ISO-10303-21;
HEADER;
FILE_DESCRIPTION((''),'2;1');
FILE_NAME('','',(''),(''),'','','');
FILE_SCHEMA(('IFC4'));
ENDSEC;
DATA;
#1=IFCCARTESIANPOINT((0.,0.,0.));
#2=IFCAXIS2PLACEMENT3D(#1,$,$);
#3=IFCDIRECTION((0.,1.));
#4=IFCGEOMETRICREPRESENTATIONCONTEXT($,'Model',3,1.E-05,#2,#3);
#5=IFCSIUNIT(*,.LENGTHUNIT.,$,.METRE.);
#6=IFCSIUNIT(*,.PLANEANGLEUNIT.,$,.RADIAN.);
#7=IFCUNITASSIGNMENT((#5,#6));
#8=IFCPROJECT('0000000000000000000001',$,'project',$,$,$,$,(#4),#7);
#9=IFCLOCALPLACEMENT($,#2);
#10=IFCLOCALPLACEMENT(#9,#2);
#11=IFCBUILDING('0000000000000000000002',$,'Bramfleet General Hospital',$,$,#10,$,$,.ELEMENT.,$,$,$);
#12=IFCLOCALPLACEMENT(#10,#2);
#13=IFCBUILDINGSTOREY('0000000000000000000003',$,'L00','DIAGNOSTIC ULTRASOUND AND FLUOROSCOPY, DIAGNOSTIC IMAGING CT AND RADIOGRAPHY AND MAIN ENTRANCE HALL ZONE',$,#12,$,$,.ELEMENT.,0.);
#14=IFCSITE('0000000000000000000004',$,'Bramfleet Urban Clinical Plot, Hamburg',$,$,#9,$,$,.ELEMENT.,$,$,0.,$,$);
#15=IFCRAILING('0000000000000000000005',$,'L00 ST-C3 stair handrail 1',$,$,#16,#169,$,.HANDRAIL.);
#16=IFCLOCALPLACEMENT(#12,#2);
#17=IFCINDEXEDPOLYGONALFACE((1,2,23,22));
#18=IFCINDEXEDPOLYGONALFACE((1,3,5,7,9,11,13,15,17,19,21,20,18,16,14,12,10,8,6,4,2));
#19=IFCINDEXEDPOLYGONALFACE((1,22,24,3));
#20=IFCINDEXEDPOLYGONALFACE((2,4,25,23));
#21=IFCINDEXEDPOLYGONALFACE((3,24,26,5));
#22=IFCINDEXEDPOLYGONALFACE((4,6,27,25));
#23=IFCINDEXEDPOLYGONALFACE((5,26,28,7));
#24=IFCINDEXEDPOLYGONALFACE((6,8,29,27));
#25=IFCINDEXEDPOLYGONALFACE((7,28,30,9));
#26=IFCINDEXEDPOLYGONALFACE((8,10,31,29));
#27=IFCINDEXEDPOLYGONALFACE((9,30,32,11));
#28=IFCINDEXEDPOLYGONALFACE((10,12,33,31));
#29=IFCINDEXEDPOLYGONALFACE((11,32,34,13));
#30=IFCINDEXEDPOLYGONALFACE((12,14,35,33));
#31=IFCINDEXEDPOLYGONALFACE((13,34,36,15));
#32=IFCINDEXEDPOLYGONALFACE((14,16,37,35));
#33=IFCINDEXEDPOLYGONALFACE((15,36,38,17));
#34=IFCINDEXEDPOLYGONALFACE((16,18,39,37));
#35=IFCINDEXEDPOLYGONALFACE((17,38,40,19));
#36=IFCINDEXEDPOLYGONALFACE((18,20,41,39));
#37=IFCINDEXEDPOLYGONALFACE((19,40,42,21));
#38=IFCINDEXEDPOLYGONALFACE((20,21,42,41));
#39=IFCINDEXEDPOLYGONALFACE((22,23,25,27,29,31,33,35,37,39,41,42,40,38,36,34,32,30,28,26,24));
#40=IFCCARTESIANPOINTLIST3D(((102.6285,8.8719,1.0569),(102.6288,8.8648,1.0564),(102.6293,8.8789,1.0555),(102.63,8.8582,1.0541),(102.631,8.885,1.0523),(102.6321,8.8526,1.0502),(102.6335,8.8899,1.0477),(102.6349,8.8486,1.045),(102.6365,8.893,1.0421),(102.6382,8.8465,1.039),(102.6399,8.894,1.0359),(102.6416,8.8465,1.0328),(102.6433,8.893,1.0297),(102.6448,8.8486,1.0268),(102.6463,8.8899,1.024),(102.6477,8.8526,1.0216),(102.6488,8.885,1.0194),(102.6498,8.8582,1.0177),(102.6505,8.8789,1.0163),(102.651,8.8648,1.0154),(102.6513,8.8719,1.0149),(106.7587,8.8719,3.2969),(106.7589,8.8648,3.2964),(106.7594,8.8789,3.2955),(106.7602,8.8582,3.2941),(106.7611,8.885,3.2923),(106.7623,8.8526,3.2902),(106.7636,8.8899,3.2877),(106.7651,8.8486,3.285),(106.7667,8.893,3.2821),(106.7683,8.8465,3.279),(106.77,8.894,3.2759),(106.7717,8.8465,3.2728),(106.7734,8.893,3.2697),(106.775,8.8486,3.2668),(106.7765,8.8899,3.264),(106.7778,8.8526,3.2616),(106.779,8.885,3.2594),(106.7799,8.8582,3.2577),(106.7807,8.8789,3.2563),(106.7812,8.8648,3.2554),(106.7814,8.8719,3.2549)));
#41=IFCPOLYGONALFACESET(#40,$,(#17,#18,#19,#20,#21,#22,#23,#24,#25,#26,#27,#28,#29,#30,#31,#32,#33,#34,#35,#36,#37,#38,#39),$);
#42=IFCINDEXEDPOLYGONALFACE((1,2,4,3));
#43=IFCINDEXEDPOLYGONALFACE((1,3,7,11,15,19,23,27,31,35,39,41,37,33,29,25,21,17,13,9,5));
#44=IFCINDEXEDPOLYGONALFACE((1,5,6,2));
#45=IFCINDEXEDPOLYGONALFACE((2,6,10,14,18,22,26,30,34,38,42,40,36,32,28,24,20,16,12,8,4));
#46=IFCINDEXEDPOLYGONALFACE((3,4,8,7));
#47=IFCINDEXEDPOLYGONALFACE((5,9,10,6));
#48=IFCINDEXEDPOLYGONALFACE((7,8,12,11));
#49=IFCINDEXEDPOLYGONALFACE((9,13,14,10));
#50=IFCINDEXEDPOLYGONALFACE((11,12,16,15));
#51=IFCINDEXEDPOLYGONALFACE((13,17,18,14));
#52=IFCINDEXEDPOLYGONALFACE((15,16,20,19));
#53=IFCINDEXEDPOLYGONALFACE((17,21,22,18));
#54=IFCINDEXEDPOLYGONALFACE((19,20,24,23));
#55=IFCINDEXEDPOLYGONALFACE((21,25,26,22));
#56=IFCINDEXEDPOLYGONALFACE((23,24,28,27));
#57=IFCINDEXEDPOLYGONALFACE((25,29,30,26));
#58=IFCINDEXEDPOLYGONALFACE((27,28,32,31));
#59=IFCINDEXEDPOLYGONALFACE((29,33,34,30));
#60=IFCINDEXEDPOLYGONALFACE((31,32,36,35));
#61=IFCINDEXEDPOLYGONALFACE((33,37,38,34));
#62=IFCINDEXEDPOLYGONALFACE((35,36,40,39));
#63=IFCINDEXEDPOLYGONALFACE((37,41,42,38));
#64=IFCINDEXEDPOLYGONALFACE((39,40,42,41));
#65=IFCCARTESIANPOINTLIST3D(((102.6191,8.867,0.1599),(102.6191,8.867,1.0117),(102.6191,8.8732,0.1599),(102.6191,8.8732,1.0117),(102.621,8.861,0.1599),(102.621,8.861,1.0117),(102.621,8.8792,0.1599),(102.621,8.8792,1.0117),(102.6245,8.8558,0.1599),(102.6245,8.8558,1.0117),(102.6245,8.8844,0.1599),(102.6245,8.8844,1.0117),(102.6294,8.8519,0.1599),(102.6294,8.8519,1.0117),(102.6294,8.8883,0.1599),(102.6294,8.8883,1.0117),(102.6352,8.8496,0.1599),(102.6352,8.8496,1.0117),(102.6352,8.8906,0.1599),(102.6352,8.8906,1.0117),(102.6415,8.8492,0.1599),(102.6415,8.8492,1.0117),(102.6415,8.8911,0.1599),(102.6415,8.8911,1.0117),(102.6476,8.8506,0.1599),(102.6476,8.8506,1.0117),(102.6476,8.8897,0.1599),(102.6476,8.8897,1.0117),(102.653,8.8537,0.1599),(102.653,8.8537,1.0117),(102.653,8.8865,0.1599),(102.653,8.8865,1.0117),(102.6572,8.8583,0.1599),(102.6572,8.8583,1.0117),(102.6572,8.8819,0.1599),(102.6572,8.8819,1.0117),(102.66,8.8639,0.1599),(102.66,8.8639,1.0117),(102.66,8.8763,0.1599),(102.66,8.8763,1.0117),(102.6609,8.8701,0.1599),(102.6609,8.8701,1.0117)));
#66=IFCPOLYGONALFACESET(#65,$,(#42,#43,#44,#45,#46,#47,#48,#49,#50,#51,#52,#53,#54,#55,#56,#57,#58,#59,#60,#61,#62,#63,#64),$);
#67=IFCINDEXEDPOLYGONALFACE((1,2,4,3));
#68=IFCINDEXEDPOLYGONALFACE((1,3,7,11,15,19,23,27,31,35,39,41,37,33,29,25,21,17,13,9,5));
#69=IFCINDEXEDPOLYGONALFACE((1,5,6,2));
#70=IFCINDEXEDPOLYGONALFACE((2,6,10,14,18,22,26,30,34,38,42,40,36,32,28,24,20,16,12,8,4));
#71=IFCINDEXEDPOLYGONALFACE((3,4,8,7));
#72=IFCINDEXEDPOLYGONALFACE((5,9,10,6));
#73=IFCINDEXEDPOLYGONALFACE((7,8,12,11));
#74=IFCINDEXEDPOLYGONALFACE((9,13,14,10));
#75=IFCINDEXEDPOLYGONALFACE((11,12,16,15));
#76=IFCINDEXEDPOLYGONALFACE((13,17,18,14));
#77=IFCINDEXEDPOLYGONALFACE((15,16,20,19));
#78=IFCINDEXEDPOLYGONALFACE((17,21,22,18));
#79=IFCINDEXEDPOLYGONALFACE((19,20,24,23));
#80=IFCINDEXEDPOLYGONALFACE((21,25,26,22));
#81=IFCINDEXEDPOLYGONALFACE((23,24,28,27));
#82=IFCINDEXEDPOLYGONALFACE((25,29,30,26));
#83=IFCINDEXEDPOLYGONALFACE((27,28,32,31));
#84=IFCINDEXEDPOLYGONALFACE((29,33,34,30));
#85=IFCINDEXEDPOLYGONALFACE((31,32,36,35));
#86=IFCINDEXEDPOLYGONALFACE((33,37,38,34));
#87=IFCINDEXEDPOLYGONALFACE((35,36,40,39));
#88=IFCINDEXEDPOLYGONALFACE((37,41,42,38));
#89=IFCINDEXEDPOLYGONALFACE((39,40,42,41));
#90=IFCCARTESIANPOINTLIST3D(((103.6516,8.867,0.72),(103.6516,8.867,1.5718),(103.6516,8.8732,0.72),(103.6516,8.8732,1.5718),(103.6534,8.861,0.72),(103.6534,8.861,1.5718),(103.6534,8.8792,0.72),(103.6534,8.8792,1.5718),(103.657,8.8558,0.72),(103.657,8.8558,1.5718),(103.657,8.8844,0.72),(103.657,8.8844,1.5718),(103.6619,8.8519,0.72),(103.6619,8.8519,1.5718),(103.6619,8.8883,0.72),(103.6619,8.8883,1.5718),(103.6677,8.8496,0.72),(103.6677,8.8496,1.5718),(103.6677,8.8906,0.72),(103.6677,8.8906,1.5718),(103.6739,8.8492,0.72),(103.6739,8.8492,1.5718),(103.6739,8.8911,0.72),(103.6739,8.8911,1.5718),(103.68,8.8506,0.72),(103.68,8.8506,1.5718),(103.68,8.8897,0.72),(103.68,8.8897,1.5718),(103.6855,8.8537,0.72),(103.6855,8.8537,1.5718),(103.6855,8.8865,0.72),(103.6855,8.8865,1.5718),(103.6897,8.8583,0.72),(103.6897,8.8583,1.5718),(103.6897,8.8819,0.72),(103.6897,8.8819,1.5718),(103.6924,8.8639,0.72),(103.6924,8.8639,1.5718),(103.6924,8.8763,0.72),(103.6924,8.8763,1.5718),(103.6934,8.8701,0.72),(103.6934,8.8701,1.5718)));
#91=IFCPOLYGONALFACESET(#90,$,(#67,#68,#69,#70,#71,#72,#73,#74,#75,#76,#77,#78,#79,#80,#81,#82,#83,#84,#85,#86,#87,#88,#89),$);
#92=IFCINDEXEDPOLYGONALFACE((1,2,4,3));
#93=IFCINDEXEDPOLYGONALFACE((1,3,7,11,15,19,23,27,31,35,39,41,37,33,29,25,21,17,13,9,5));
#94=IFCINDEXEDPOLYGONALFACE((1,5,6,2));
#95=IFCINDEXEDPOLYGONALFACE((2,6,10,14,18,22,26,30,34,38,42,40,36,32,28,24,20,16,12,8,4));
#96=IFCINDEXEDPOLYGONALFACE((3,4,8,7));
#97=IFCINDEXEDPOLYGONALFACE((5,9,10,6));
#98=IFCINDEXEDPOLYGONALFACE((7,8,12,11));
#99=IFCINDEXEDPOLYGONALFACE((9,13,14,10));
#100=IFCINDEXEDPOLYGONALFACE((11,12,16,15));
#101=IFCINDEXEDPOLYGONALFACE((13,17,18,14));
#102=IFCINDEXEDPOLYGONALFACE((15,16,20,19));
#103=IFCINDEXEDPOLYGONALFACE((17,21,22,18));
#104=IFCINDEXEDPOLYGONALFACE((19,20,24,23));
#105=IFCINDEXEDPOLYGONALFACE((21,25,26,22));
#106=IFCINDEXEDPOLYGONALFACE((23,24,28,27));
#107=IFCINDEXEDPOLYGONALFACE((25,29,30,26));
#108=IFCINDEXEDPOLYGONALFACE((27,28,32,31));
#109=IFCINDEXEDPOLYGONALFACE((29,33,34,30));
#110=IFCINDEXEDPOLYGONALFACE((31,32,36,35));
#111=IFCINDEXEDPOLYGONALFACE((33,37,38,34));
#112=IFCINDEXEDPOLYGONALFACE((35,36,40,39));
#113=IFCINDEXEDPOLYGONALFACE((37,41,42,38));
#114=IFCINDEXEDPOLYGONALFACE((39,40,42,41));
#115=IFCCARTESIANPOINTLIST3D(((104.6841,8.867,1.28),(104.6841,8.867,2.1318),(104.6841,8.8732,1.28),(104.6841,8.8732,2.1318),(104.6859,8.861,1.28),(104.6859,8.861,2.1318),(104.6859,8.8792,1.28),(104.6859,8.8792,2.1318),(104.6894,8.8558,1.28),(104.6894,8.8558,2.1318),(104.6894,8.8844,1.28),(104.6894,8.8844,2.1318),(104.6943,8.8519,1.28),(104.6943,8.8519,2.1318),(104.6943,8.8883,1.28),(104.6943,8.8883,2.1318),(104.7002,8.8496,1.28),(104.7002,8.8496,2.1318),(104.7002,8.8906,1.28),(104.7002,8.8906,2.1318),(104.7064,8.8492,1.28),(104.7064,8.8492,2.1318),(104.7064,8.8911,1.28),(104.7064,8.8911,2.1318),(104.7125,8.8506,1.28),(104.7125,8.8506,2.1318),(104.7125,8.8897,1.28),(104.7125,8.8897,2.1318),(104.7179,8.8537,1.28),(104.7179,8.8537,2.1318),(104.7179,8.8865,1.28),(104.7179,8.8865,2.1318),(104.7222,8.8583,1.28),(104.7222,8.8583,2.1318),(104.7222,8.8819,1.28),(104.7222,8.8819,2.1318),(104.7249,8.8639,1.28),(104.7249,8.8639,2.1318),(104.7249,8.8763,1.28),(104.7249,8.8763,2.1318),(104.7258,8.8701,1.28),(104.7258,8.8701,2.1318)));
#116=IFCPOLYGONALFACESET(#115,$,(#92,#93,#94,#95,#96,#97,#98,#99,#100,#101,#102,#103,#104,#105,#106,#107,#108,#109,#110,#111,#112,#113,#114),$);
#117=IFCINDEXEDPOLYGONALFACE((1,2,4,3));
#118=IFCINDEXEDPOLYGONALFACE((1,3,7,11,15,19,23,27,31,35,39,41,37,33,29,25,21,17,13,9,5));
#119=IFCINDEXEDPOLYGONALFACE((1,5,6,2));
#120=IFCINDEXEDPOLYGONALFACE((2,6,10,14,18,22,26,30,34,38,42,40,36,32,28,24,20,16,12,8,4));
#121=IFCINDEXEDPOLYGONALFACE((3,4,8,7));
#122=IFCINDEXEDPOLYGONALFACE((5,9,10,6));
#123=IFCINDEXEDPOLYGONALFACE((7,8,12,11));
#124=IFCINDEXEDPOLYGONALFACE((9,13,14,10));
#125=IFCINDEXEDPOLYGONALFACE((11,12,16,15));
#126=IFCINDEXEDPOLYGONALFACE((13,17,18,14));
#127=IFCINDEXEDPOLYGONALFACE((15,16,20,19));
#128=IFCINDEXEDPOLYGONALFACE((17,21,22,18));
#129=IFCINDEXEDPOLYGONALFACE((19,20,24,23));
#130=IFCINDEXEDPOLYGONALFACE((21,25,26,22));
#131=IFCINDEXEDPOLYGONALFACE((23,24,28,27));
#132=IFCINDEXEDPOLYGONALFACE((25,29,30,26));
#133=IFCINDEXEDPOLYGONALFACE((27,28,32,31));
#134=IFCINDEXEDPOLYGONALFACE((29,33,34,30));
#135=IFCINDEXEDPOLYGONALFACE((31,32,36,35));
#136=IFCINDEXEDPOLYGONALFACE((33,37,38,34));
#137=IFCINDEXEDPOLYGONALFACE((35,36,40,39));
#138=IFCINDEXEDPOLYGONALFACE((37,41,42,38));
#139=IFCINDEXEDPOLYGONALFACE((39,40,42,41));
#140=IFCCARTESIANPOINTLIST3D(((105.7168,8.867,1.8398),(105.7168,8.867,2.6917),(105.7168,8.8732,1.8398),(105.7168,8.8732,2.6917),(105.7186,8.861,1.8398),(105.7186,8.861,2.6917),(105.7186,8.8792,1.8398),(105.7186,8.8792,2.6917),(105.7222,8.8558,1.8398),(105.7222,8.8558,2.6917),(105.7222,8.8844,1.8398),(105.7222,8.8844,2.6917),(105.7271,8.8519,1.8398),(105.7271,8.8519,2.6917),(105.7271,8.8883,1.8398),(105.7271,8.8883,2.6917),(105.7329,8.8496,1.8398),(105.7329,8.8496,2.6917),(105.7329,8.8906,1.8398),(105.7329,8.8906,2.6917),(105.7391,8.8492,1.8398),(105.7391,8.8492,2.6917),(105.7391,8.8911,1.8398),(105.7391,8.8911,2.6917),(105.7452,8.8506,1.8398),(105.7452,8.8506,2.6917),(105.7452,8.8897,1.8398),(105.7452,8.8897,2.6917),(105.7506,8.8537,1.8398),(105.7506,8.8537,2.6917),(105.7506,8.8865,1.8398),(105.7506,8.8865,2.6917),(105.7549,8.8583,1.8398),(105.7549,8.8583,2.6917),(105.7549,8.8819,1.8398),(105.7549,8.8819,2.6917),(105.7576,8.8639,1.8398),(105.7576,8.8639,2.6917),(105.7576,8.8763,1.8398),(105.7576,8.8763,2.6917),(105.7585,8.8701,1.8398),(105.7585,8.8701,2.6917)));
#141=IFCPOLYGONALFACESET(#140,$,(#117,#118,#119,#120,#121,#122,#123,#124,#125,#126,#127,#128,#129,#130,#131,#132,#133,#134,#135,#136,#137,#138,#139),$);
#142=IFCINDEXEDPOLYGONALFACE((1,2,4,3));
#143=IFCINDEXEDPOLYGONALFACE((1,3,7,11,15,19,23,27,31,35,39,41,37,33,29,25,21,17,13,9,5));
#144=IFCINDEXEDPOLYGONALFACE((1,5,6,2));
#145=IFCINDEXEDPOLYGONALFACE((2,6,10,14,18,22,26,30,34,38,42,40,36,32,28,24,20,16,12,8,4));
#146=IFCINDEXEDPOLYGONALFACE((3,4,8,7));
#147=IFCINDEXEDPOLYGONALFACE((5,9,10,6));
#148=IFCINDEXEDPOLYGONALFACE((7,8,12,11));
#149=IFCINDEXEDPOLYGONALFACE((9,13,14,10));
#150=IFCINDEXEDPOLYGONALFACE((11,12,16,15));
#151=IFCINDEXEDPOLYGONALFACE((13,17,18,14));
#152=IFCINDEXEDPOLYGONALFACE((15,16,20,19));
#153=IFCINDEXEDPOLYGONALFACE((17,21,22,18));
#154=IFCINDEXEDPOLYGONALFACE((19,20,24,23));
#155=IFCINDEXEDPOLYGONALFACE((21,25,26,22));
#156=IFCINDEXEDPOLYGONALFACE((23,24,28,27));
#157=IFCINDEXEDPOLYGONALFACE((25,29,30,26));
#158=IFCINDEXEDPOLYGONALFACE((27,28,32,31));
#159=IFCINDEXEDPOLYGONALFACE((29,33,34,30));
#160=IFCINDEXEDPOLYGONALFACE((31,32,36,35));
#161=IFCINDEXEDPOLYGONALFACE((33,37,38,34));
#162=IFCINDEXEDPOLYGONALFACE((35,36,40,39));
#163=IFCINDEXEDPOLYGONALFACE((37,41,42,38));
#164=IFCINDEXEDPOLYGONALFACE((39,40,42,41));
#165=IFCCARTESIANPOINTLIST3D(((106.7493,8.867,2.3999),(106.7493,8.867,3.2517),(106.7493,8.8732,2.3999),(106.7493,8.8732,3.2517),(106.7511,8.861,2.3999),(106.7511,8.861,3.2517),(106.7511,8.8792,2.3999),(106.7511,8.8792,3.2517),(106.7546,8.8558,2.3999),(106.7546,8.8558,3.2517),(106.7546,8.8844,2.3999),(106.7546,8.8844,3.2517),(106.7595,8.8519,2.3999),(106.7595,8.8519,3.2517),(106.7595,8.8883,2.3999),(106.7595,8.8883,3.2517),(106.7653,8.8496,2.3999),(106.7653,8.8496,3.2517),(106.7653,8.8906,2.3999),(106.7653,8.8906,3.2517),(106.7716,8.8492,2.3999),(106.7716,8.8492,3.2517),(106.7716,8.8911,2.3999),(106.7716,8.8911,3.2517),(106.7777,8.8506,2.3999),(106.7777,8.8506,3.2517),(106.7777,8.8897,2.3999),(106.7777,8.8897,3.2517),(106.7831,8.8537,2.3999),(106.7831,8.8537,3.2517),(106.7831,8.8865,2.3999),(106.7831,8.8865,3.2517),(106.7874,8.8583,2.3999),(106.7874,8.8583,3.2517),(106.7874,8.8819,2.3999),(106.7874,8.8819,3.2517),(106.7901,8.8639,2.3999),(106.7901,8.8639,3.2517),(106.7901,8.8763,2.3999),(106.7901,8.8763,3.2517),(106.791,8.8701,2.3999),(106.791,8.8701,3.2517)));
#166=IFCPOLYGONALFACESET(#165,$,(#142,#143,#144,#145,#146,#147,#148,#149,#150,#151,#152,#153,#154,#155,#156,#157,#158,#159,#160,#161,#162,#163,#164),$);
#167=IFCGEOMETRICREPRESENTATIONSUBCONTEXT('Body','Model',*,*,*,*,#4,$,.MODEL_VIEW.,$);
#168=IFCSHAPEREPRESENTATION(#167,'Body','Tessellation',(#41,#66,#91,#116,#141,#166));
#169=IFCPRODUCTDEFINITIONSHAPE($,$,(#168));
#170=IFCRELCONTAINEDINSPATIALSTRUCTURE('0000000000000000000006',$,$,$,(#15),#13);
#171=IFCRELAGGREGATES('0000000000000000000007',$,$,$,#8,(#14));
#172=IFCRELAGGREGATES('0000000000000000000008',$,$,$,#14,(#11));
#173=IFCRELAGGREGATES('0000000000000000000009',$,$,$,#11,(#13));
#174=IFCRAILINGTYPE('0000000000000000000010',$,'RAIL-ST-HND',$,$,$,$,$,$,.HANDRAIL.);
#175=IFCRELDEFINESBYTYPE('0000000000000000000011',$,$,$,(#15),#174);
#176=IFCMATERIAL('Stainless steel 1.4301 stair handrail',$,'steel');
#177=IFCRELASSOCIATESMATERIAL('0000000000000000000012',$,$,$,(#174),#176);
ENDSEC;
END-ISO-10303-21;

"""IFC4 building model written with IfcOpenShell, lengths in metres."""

from ifc_helpers import new_model, si_unit, direction, frame, origin, origin_2d, place, context, subcontext, project, spatial, circle, extrude, material, type_object, element, save


model = new_model("IFC4")

# Units and contexts
model_context = context("Model", 3, precision=1e-05, world=origin(), true_north=direction((0.0, 1.0)))
body_context = subcontext(model_context, "Body", "Model", "MODEL_VIEW")
ifc_project = project(units=[si_unit("LENGTHUNIT", "METRE"), si_unit("PLANEANGLEUNIT", "RADIAN")], contexts=[model_context])

# Site, building, storey
site_placement = place(None, origin())
site = spatial("IfcSite", under=ifc_project, at=site_placement, Name="Bramfleet Urban Clinical Plot, Hamburg", CompositionType="ELEMENT", RefElevation=0.0)
building_placement = place(site_placement, origin())
building = spatial("IfcBuilding", under=site, at=building_placement, Name="Bramfleet General Hospital", CompositionType="ELEMENT")
storey_placement = place(building_placement, origin())
storey = spatial("IfcBuildingStorey", under=building, at=storey_placement, Name="L00", Description="DIAGNOSTIC ULTRASOUND AND FLUOROSCOPY, DIAGNOSTIC IMAGING CT AND RADIOGRAPHY AND MAIN ENTRANCE HALL ZONE", CompositionType="ELEMENT", Elevation=0.0)

# Railing
ifc_material_1 = material(Name="Stainless steel 1.4301 stair handrail", Category="steel")
railing_type_1 = type_object("IfcRailingType", Name="RAIL-ST-HND", PredefinedType="HANDRAIL", material=ifc_material_1)
railing_1_placement = place(storey_placement, frame((102.6399, 8.8701, 0.1599)))
element("IfcRailing", 1, at=railing_1_placement, inside=storey, type_object=railing_type_1, Name="L00 ST-C3 stair handrail 1", PredefinedType="HANDRAIL", context=body_context, shape_type="SweptSolid", body=[
    extrude(circle(Radius=0.0239, at=origin_2d()), frame((0.0, 0.0, 0.876), z_axis=(0.879039, 0.0, 0.47675), x_axis=(0.0, 1.0, 0.0)), (0.0, 0.0, 1.0), 4.6985),
    extrude(circle(Radius=0.021, at=origin_2d()), origin(), (0.0, 0.0, 1.0), 0.8518),
    extrude(circle(Radius=0.021, at=origin_2d()), frame((1.0325, 0.0, 0.5601)), (0.0, 0.0, 1.0), 0.8518),
    extrude(circle(Radius=0.021, at=origin_2d()), frame((2.0649, 0.0, 1.1201)), (0.0, 0.0, 1.0), 0.8518),
    extrude(circle(Radius=0.021, at=origin_2d()), frame((3.0977, 0.0, 1.6799)), (0.0, 0.0, 1.0), 0.8518),
    extrude(circle(Radius=0.021, at=origin_2d()), frame((4.1301, 0.0, 2.24)), (0.0, 0.0, 1.0), 0.8518),
])

save(model, "model.ifc")
